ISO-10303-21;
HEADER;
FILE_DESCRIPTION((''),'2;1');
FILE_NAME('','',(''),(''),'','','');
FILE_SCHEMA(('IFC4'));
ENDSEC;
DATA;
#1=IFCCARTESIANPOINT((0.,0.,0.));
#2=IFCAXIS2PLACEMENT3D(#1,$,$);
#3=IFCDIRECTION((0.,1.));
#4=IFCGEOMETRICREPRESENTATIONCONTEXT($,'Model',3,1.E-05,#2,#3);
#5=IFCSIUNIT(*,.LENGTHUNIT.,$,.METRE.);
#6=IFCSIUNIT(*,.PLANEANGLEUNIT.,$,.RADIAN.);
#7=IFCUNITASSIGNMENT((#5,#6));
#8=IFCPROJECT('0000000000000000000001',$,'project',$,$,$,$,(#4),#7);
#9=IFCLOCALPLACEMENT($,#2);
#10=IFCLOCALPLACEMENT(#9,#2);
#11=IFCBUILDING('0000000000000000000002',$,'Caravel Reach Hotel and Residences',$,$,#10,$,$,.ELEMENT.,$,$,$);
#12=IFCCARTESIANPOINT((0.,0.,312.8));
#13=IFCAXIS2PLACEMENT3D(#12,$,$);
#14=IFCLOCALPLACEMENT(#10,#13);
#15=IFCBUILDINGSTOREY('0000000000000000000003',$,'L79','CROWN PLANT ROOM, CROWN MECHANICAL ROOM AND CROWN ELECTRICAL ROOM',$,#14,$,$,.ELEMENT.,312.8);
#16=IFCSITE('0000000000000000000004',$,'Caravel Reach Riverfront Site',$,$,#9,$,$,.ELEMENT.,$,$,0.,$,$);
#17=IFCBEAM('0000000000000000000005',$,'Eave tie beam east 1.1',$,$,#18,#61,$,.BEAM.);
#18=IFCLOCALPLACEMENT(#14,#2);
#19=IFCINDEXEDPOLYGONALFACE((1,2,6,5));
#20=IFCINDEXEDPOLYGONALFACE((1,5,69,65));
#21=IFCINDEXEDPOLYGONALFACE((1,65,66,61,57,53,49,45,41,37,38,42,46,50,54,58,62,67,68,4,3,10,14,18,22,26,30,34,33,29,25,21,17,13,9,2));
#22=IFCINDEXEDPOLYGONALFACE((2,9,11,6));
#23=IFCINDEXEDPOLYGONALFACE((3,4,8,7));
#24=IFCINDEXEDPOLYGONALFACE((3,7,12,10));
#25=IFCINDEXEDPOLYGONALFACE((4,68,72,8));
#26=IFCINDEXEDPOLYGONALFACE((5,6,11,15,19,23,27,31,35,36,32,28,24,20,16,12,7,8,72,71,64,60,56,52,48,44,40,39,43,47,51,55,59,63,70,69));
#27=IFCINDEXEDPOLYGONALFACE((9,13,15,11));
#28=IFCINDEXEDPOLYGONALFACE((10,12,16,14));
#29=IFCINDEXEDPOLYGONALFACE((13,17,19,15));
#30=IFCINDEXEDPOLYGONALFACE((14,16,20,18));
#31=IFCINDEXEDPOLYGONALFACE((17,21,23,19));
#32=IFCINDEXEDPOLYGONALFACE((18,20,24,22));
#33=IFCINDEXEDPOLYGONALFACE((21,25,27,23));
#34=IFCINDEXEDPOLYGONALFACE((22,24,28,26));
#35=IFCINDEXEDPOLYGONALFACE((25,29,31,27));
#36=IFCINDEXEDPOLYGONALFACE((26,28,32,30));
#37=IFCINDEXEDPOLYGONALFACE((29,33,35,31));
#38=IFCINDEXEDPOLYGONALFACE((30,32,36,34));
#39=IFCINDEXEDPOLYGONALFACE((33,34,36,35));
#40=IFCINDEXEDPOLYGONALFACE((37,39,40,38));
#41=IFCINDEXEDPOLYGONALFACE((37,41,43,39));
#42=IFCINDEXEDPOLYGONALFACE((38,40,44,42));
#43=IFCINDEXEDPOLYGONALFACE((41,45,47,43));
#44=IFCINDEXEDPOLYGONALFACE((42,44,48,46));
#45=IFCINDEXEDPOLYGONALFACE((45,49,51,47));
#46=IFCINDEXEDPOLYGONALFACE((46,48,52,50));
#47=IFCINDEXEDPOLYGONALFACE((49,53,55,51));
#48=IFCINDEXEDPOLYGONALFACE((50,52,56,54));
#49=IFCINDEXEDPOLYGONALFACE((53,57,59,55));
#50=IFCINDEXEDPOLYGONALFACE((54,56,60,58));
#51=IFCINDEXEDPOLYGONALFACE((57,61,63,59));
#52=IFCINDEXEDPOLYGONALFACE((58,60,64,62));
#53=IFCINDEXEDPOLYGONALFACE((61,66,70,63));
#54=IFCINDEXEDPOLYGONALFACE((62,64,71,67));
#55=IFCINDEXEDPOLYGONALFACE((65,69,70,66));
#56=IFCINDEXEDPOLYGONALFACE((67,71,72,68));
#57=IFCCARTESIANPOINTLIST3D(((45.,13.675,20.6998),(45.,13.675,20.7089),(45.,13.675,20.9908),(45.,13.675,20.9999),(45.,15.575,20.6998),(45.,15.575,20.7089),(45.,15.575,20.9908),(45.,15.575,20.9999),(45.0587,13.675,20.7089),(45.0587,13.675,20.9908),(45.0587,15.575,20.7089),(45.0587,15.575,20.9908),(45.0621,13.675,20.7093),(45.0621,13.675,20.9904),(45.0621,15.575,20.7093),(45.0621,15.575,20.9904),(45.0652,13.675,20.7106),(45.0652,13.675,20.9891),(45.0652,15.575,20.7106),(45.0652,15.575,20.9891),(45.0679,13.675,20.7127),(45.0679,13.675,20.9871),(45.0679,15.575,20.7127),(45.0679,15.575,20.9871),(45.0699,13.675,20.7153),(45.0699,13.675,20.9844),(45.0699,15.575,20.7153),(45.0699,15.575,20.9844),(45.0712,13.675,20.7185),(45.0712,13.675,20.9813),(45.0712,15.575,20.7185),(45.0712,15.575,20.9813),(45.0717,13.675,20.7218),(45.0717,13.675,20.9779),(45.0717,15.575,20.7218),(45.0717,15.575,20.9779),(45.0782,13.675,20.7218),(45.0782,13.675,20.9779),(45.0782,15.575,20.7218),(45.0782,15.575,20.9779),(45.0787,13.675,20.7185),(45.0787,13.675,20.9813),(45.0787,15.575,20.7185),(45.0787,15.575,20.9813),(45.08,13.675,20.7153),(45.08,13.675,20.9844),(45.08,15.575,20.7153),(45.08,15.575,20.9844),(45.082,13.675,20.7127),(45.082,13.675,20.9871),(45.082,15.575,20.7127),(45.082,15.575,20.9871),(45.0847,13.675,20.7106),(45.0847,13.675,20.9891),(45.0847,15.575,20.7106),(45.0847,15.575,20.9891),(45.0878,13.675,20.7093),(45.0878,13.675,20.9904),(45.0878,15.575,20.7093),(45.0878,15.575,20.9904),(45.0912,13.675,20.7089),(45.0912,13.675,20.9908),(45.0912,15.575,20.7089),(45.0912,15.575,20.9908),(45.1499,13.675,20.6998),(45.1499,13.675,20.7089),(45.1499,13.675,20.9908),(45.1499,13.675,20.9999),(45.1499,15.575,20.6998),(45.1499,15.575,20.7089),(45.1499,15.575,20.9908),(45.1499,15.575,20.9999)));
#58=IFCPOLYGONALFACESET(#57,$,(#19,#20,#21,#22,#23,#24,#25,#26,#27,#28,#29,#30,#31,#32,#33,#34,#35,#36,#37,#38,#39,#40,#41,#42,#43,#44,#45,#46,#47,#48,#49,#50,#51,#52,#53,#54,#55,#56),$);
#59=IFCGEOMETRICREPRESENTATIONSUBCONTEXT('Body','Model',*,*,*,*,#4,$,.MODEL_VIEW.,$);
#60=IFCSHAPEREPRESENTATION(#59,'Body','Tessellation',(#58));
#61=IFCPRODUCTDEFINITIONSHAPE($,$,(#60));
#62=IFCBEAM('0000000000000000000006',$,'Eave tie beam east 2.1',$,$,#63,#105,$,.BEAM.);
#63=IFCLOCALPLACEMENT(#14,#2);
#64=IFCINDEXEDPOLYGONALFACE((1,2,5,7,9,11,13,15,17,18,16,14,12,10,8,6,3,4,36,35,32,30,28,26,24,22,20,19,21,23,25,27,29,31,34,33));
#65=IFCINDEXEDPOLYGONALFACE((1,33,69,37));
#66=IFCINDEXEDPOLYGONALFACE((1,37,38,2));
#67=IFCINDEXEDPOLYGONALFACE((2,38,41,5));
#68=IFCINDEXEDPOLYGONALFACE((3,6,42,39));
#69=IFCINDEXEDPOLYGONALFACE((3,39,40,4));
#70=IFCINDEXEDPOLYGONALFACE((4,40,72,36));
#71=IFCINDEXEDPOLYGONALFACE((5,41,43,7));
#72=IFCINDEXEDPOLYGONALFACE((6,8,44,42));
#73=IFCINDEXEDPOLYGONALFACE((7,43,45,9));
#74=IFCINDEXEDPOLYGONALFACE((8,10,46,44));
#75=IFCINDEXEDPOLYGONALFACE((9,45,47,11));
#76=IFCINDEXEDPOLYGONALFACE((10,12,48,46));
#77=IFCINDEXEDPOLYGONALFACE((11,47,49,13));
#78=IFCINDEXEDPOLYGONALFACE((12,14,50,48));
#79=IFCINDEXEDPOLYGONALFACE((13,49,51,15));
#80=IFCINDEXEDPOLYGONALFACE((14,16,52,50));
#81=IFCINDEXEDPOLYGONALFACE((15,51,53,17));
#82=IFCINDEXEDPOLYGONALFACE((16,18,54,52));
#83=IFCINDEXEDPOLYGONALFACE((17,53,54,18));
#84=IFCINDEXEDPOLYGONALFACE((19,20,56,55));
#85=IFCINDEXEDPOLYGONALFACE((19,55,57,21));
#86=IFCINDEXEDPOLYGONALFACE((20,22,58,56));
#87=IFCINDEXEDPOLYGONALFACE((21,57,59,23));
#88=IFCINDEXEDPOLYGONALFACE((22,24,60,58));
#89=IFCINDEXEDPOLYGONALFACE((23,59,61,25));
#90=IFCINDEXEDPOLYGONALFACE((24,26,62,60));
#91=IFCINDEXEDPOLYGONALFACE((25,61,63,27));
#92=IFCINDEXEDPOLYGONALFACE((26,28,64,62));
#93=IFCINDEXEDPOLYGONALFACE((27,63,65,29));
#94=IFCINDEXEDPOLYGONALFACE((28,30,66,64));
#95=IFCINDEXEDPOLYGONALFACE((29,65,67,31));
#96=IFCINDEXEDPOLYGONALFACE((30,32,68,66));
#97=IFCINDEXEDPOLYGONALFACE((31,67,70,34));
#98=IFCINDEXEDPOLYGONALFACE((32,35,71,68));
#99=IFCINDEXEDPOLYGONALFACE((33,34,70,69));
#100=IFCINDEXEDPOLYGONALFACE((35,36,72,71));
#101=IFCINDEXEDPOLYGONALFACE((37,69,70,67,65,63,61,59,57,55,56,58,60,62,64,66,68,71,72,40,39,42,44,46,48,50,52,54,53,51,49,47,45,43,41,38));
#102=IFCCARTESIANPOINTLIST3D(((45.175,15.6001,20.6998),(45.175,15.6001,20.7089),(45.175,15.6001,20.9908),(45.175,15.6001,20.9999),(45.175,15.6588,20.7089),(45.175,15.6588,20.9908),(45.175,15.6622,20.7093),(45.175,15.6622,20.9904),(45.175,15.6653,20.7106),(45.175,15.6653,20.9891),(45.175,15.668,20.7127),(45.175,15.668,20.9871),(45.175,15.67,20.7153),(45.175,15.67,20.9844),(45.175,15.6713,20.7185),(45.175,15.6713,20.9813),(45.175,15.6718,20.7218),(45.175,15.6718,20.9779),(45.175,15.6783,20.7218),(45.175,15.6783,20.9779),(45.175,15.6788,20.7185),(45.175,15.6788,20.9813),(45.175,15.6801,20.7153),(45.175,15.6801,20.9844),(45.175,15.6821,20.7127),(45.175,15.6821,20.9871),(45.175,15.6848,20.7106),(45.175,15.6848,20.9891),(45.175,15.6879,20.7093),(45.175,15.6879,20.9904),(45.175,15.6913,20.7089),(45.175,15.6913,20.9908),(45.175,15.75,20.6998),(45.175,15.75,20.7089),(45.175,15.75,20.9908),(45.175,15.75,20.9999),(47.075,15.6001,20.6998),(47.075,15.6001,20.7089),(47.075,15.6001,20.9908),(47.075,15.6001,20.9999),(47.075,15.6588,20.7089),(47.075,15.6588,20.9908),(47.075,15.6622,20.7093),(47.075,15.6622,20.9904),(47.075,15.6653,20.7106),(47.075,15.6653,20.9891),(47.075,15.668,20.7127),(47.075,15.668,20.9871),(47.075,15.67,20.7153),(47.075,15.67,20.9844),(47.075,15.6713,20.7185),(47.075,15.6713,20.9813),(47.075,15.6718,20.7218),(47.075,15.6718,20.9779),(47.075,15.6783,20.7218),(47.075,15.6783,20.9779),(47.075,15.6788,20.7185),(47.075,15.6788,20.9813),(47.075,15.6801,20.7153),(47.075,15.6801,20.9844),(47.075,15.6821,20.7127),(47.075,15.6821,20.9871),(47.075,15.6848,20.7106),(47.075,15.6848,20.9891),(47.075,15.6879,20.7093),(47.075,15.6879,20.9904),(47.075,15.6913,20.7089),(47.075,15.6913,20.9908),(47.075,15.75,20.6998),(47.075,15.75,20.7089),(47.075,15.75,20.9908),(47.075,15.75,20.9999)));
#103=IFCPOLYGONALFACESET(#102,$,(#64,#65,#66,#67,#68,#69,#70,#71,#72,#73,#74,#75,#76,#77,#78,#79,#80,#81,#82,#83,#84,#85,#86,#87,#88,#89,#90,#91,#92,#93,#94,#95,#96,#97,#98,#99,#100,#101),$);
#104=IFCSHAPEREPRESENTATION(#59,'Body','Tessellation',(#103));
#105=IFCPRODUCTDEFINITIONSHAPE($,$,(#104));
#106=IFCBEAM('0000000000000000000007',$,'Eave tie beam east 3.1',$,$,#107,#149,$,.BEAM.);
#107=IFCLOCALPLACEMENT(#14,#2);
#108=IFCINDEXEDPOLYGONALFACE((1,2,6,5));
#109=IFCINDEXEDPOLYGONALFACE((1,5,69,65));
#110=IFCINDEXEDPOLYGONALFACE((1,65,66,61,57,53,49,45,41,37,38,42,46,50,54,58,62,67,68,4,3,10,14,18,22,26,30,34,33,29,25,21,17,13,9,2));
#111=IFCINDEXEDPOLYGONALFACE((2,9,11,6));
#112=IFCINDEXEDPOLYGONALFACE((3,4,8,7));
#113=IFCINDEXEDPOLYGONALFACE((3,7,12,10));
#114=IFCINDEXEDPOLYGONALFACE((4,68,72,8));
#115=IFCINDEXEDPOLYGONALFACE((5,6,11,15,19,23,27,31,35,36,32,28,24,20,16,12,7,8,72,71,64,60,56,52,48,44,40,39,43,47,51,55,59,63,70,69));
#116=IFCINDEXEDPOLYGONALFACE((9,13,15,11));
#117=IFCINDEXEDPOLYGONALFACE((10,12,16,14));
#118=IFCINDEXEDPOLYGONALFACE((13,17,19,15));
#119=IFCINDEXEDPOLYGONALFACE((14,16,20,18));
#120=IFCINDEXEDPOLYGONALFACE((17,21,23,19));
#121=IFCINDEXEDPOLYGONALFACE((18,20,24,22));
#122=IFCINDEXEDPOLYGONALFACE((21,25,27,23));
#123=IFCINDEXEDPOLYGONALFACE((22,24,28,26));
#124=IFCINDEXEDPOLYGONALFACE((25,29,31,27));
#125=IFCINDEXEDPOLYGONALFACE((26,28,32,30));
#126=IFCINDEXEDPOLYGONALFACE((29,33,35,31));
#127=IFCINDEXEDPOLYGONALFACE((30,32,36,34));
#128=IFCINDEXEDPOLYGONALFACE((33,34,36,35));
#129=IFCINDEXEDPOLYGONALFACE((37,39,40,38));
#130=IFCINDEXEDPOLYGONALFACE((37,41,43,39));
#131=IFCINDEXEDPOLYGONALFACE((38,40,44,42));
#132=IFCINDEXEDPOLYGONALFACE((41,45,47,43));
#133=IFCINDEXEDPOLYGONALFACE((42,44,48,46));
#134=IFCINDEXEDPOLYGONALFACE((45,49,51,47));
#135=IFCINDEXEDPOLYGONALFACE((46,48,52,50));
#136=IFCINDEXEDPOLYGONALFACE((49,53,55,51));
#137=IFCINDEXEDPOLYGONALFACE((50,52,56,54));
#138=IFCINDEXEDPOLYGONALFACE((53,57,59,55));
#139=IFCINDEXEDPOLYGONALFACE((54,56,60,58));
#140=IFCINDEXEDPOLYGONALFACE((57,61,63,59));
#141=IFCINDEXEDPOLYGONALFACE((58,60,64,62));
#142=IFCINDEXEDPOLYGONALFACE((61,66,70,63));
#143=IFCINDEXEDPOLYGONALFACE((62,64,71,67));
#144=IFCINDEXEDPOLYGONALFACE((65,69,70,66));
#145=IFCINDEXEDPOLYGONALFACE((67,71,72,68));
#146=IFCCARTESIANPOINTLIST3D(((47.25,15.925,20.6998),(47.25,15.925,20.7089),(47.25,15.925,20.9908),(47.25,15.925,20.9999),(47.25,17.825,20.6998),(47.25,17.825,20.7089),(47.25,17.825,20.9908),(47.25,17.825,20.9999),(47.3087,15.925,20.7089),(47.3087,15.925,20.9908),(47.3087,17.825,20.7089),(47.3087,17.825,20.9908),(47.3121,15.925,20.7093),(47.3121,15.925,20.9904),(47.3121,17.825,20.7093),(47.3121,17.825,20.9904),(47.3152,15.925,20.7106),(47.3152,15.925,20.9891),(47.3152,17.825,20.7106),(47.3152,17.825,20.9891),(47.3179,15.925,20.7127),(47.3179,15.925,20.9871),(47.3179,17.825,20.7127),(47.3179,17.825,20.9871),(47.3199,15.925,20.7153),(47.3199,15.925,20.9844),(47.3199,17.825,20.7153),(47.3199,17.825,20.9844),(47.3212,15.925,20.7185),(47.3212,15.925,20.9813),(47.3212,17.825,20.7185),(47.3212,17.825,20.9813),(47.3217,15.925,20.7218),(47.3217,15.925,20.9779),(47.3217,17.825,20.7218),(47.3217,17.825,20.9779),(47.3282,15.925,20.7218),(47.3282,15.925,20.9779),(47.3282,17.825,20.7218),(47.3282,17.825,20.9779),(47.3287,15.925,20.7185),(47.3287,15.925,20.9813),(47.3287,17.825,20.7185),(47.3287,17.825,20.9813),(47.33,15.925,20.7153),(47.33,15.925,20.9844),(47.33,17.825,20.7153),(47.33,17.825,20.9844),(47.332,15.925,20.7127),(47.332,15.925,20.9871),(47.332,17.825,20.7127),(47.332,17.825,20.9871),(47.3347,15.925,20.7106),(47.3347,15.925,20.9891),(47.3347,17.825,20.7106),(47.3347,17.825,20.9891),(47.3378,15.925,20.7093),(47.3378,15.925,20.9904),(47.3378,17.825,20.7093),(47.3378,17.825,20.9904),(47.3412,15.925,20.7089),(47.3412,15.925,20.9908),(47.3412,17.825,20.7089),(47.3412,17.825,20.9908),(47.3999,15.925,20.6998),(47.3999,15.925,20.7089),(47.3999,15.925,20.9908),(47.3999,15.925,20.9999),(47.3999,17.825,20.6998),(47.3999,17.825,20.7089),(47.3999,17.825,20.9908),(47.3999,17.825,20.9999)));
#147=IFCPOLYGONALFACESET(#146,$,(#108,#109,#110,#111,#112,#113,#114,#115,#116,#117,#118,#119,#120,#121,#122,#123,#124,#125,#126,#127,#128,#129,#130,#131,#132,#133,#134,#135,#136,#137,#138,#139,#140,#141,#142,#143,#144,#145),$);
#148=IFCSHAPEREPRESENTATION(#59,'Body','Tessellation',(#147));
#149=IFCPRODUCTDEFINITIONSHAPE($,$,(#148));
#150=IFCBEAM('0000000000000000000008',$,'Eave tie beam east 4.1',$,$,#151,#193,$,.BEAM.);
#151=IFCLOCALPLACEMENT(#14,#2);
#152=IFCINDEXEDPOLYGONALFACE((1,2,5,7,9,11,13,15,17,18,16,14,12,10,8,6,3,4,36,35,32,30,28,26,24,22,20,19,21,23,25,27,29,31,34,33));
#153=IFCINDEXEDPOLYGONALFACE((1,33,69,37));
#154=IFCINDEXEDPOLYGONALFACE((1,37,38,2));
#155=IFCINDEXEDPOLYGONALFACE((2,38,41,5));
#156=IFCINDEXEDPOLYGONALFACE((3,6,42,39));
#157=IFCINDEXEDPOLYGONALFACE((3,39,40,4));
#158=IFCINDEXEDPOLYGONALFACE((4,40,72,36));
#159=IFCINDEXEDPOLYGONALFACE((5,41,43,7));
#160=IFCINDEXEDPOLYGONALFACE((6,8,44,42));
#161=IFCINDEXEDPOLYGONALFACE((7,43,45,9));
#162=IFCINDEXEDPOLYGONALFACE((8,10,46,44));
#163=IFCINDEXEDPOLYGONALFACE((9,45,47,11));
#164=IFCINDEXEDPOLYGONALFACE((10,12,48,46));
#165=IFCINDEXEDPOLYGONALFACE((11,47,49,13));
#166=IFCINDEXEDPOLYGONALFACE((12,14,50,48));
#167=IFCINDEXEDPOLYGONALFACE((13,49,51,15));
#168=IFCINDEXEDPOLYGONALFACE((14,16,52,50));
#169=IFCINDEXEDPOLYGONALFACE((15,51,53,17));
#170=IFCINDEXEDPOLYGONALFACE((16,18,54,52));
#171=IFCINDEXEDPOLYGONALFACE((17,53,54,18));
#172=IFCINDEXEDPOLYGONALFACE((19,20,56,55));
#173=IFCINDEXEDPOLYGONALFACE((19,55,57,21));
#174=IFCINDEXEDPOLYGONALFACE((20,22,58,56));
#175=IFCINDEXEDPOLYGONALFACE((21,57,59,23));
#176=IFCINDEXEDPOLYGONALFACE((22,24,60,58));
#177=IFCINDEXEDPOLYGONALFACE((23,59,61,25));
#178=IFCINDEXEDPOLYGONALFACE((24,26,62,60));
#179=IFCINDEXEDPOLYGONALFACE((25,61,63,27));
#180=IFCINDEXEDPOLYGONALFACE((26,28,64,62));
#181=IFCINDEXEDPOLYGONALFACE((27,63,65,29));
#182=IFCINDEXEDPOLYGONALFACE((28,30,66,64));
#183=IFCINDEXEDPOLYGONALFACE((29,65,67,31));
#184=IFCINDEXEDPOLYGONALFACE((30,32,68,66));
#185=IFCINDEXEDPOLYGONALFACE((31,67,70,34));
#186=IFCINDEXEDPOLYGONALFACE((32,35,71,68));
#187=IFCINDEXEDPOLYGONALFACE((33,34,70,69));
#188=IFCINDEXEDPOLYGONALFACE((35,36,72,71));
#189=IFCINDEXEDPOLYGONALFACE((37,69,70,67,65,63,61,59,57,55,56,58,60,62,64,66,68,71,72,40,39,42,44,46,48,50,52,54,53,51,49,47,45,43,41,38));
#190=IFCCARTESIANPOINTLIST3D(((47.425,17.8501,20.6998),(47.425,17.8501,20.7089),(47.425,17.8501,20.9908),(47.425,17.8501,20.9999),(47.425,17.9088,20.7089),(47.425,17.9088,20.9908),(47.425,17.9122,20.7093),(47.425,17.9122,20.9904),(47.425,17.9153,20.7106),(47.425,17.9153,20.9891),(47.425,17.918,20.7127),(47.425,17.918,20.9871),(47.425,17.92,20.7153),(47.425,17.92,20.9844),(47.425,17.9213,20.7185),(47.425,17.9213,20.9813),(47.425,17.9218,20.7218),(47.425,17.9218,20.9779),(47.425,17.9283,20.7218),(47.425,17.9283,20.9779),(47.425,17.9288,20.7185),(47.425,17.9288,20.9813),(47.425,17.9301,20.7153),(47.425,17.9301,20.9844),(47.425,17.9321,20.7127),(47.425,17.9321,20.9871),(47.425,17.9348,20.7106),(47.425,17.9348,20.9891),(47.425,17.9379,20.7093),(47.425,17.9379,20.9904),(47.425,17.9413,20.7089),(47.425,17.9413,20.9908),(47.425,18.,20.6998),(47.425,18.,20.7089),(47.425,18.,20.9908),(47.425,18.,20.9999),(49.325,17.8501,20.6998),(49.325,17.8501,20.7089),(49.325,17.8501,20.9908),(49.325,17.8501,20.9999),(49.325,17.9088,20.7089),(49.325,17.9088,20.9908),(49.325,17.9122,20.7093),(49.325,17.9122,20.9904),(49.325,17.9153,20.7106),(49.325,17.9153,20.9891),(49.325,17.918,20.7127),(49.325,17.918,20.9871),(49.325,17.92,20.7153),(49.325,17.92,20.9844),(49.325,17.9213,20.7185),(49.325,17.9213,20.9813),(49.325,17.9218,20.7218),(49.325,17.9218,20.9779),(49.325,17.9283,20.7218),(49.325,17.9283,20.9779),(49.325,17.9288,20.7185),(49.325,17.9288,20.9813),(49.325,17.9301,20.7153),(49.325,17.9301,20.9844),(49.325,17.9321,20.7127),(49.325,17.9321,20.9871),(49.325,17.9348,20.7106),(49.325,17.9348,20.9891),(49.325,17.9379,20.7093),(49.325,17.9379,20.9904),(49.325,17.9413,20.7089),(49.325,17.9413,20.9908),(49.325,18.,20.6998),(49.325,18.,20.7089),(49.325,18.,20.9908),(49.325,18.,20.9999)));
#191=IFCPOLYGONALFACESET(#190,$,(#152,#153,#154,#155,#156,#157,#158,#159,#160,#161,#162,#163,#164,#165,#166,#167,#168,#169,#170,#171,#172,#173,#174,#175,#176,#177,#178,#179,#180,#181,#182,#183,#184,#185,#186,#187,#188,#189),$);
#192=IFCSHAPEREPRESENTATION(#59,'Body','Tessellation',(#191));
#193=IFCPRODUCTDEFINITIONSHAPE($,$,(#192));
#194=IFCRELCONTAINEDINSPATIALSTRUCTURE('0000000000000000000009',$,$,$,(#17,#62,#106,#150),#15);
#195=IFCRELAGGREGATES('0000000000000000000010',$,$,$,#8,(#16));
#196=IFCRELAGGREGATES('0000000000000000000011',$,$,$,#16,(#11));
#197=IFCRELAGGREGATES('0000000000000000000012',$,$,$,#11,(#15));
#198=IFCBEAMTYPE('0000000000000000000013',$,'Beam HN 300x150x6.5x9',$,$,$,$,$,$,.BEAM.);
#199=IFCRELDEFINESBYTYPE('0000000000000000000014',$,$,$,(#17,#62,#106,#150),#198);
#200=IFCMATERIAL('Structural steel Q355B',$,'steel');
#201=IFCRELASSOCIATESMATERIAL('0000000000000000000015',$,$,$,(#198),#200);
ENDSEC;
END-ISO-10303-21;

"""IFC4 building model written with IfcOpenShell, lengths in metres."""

from ifc_helpers import new_model, si_unit, direction, frame, origin, origin_2d, place, context, subcontext, project, spatial, i_section, extrude, material, material_profile, profile_set, type_object, element, save


model = new_model("IFC4")

# Units and contexts
model_context = context("Model", 3, precision=1e-05, world=origin(), true_north=direction((0.0, 1.0)))
body_context = subcontext(model_context, "Body", "Model", "MODEL_VIEW")
ifc_project = project(units=[si_unit("LENGTHUNIT", "METRE"), si_unit("PLANEANGLEUNIT", "RADIAN")], contexts=[model_context])

# Site, building, storey
site_placement = place(None, origin())
site = spatial("IfcSite", under=ifc_project, at=site_placement, Name="Caravel Reach Riverfront Site", CompositionType="ELEMENT", RefElevation=0.0)
building_placement = place(site_placement, origin())
building = spatial("IfcBuilding", under=site, at=building_placement, Name="Caravel Reach Hotel and Residences", CompositionType="ELEMENT")
storey_placement = place(building_placement, frame((0.0, 0.0, 312.8)))
storey = spatial("IfcBuildingStorey", under=building, at=storey_placement, Name="L79", Description="CROWN PLANT ROOM, CROWN MECHANICAL ROOM AND CROWN ELECTRICAL ROOM", CompositionType="ELEMENT", Elevation=312.8)

# Beams
ifc_material_1 = material(Name="Structural steel Q355B", Category="steel")
ifc_material_profile_1 = material_profile(ifc_material_1, i_section(OverallWidth=0.1499, OverallDepth=0.3, WebThickness=0.0066, FlangeThickness=0.009, FilletRadius=0.0129, at=origin_2d()), Name="HN 300x150x6.5x9")
ifc_profile_set_1 = profile_set([ifc_material_profile_1], Name="Structural steel Q355B")
beam_type = type_object("IfcBeamType", Name="Beam HN 300x150x6.5x9", PredefinedType="BEAM", material=ifc_profile_set_1)
for number, where, z_axis, x_axis, name in (
    (1, (45.075, 13.675, 20.8499), (0.0, 1.0, 0.0), (-1.0, 0.0, 0.0), "Eave tie beam east 1.1"),
    (2, (45.175, 15.675, 20.8499), (1.0, 0.0, 0.0), (0.0, 1.0, 0.0), "Eave tie beam east 2.1"),
    (3, (47.325, 15.925, 20.8499), (0.0, 1.0, 0.0), (-1.0, 0.0, 0.0), "Eave tie beam east 3.1"),
    (4, (47.425, 17.925, 20.8499), (1.0, 0.0, 0.0), (0.0, 1.0, 0.0), "Eave tie beam east 4.1"),
):
    element("IfcBeam", number, at=place(storey_placement, frame(where, z_axis=z_axis, x_axis=x_axis)), inside=storey, type_object=beam_type, Name=name, PredefinedType="BEAM", context=body_context, shape_type="SweptSolid", body=[
        extrude(i_section(OverallWidth=0.1499, OverallDepth=0.3, WebThickness=0.0066, FlangeThickness=0.009, FilletRadius=0.0129, at=origin_2d()), origin(), (0.0, 0.0, 1.0), 1.8999),
    ])

save(model, "model.ifc")
